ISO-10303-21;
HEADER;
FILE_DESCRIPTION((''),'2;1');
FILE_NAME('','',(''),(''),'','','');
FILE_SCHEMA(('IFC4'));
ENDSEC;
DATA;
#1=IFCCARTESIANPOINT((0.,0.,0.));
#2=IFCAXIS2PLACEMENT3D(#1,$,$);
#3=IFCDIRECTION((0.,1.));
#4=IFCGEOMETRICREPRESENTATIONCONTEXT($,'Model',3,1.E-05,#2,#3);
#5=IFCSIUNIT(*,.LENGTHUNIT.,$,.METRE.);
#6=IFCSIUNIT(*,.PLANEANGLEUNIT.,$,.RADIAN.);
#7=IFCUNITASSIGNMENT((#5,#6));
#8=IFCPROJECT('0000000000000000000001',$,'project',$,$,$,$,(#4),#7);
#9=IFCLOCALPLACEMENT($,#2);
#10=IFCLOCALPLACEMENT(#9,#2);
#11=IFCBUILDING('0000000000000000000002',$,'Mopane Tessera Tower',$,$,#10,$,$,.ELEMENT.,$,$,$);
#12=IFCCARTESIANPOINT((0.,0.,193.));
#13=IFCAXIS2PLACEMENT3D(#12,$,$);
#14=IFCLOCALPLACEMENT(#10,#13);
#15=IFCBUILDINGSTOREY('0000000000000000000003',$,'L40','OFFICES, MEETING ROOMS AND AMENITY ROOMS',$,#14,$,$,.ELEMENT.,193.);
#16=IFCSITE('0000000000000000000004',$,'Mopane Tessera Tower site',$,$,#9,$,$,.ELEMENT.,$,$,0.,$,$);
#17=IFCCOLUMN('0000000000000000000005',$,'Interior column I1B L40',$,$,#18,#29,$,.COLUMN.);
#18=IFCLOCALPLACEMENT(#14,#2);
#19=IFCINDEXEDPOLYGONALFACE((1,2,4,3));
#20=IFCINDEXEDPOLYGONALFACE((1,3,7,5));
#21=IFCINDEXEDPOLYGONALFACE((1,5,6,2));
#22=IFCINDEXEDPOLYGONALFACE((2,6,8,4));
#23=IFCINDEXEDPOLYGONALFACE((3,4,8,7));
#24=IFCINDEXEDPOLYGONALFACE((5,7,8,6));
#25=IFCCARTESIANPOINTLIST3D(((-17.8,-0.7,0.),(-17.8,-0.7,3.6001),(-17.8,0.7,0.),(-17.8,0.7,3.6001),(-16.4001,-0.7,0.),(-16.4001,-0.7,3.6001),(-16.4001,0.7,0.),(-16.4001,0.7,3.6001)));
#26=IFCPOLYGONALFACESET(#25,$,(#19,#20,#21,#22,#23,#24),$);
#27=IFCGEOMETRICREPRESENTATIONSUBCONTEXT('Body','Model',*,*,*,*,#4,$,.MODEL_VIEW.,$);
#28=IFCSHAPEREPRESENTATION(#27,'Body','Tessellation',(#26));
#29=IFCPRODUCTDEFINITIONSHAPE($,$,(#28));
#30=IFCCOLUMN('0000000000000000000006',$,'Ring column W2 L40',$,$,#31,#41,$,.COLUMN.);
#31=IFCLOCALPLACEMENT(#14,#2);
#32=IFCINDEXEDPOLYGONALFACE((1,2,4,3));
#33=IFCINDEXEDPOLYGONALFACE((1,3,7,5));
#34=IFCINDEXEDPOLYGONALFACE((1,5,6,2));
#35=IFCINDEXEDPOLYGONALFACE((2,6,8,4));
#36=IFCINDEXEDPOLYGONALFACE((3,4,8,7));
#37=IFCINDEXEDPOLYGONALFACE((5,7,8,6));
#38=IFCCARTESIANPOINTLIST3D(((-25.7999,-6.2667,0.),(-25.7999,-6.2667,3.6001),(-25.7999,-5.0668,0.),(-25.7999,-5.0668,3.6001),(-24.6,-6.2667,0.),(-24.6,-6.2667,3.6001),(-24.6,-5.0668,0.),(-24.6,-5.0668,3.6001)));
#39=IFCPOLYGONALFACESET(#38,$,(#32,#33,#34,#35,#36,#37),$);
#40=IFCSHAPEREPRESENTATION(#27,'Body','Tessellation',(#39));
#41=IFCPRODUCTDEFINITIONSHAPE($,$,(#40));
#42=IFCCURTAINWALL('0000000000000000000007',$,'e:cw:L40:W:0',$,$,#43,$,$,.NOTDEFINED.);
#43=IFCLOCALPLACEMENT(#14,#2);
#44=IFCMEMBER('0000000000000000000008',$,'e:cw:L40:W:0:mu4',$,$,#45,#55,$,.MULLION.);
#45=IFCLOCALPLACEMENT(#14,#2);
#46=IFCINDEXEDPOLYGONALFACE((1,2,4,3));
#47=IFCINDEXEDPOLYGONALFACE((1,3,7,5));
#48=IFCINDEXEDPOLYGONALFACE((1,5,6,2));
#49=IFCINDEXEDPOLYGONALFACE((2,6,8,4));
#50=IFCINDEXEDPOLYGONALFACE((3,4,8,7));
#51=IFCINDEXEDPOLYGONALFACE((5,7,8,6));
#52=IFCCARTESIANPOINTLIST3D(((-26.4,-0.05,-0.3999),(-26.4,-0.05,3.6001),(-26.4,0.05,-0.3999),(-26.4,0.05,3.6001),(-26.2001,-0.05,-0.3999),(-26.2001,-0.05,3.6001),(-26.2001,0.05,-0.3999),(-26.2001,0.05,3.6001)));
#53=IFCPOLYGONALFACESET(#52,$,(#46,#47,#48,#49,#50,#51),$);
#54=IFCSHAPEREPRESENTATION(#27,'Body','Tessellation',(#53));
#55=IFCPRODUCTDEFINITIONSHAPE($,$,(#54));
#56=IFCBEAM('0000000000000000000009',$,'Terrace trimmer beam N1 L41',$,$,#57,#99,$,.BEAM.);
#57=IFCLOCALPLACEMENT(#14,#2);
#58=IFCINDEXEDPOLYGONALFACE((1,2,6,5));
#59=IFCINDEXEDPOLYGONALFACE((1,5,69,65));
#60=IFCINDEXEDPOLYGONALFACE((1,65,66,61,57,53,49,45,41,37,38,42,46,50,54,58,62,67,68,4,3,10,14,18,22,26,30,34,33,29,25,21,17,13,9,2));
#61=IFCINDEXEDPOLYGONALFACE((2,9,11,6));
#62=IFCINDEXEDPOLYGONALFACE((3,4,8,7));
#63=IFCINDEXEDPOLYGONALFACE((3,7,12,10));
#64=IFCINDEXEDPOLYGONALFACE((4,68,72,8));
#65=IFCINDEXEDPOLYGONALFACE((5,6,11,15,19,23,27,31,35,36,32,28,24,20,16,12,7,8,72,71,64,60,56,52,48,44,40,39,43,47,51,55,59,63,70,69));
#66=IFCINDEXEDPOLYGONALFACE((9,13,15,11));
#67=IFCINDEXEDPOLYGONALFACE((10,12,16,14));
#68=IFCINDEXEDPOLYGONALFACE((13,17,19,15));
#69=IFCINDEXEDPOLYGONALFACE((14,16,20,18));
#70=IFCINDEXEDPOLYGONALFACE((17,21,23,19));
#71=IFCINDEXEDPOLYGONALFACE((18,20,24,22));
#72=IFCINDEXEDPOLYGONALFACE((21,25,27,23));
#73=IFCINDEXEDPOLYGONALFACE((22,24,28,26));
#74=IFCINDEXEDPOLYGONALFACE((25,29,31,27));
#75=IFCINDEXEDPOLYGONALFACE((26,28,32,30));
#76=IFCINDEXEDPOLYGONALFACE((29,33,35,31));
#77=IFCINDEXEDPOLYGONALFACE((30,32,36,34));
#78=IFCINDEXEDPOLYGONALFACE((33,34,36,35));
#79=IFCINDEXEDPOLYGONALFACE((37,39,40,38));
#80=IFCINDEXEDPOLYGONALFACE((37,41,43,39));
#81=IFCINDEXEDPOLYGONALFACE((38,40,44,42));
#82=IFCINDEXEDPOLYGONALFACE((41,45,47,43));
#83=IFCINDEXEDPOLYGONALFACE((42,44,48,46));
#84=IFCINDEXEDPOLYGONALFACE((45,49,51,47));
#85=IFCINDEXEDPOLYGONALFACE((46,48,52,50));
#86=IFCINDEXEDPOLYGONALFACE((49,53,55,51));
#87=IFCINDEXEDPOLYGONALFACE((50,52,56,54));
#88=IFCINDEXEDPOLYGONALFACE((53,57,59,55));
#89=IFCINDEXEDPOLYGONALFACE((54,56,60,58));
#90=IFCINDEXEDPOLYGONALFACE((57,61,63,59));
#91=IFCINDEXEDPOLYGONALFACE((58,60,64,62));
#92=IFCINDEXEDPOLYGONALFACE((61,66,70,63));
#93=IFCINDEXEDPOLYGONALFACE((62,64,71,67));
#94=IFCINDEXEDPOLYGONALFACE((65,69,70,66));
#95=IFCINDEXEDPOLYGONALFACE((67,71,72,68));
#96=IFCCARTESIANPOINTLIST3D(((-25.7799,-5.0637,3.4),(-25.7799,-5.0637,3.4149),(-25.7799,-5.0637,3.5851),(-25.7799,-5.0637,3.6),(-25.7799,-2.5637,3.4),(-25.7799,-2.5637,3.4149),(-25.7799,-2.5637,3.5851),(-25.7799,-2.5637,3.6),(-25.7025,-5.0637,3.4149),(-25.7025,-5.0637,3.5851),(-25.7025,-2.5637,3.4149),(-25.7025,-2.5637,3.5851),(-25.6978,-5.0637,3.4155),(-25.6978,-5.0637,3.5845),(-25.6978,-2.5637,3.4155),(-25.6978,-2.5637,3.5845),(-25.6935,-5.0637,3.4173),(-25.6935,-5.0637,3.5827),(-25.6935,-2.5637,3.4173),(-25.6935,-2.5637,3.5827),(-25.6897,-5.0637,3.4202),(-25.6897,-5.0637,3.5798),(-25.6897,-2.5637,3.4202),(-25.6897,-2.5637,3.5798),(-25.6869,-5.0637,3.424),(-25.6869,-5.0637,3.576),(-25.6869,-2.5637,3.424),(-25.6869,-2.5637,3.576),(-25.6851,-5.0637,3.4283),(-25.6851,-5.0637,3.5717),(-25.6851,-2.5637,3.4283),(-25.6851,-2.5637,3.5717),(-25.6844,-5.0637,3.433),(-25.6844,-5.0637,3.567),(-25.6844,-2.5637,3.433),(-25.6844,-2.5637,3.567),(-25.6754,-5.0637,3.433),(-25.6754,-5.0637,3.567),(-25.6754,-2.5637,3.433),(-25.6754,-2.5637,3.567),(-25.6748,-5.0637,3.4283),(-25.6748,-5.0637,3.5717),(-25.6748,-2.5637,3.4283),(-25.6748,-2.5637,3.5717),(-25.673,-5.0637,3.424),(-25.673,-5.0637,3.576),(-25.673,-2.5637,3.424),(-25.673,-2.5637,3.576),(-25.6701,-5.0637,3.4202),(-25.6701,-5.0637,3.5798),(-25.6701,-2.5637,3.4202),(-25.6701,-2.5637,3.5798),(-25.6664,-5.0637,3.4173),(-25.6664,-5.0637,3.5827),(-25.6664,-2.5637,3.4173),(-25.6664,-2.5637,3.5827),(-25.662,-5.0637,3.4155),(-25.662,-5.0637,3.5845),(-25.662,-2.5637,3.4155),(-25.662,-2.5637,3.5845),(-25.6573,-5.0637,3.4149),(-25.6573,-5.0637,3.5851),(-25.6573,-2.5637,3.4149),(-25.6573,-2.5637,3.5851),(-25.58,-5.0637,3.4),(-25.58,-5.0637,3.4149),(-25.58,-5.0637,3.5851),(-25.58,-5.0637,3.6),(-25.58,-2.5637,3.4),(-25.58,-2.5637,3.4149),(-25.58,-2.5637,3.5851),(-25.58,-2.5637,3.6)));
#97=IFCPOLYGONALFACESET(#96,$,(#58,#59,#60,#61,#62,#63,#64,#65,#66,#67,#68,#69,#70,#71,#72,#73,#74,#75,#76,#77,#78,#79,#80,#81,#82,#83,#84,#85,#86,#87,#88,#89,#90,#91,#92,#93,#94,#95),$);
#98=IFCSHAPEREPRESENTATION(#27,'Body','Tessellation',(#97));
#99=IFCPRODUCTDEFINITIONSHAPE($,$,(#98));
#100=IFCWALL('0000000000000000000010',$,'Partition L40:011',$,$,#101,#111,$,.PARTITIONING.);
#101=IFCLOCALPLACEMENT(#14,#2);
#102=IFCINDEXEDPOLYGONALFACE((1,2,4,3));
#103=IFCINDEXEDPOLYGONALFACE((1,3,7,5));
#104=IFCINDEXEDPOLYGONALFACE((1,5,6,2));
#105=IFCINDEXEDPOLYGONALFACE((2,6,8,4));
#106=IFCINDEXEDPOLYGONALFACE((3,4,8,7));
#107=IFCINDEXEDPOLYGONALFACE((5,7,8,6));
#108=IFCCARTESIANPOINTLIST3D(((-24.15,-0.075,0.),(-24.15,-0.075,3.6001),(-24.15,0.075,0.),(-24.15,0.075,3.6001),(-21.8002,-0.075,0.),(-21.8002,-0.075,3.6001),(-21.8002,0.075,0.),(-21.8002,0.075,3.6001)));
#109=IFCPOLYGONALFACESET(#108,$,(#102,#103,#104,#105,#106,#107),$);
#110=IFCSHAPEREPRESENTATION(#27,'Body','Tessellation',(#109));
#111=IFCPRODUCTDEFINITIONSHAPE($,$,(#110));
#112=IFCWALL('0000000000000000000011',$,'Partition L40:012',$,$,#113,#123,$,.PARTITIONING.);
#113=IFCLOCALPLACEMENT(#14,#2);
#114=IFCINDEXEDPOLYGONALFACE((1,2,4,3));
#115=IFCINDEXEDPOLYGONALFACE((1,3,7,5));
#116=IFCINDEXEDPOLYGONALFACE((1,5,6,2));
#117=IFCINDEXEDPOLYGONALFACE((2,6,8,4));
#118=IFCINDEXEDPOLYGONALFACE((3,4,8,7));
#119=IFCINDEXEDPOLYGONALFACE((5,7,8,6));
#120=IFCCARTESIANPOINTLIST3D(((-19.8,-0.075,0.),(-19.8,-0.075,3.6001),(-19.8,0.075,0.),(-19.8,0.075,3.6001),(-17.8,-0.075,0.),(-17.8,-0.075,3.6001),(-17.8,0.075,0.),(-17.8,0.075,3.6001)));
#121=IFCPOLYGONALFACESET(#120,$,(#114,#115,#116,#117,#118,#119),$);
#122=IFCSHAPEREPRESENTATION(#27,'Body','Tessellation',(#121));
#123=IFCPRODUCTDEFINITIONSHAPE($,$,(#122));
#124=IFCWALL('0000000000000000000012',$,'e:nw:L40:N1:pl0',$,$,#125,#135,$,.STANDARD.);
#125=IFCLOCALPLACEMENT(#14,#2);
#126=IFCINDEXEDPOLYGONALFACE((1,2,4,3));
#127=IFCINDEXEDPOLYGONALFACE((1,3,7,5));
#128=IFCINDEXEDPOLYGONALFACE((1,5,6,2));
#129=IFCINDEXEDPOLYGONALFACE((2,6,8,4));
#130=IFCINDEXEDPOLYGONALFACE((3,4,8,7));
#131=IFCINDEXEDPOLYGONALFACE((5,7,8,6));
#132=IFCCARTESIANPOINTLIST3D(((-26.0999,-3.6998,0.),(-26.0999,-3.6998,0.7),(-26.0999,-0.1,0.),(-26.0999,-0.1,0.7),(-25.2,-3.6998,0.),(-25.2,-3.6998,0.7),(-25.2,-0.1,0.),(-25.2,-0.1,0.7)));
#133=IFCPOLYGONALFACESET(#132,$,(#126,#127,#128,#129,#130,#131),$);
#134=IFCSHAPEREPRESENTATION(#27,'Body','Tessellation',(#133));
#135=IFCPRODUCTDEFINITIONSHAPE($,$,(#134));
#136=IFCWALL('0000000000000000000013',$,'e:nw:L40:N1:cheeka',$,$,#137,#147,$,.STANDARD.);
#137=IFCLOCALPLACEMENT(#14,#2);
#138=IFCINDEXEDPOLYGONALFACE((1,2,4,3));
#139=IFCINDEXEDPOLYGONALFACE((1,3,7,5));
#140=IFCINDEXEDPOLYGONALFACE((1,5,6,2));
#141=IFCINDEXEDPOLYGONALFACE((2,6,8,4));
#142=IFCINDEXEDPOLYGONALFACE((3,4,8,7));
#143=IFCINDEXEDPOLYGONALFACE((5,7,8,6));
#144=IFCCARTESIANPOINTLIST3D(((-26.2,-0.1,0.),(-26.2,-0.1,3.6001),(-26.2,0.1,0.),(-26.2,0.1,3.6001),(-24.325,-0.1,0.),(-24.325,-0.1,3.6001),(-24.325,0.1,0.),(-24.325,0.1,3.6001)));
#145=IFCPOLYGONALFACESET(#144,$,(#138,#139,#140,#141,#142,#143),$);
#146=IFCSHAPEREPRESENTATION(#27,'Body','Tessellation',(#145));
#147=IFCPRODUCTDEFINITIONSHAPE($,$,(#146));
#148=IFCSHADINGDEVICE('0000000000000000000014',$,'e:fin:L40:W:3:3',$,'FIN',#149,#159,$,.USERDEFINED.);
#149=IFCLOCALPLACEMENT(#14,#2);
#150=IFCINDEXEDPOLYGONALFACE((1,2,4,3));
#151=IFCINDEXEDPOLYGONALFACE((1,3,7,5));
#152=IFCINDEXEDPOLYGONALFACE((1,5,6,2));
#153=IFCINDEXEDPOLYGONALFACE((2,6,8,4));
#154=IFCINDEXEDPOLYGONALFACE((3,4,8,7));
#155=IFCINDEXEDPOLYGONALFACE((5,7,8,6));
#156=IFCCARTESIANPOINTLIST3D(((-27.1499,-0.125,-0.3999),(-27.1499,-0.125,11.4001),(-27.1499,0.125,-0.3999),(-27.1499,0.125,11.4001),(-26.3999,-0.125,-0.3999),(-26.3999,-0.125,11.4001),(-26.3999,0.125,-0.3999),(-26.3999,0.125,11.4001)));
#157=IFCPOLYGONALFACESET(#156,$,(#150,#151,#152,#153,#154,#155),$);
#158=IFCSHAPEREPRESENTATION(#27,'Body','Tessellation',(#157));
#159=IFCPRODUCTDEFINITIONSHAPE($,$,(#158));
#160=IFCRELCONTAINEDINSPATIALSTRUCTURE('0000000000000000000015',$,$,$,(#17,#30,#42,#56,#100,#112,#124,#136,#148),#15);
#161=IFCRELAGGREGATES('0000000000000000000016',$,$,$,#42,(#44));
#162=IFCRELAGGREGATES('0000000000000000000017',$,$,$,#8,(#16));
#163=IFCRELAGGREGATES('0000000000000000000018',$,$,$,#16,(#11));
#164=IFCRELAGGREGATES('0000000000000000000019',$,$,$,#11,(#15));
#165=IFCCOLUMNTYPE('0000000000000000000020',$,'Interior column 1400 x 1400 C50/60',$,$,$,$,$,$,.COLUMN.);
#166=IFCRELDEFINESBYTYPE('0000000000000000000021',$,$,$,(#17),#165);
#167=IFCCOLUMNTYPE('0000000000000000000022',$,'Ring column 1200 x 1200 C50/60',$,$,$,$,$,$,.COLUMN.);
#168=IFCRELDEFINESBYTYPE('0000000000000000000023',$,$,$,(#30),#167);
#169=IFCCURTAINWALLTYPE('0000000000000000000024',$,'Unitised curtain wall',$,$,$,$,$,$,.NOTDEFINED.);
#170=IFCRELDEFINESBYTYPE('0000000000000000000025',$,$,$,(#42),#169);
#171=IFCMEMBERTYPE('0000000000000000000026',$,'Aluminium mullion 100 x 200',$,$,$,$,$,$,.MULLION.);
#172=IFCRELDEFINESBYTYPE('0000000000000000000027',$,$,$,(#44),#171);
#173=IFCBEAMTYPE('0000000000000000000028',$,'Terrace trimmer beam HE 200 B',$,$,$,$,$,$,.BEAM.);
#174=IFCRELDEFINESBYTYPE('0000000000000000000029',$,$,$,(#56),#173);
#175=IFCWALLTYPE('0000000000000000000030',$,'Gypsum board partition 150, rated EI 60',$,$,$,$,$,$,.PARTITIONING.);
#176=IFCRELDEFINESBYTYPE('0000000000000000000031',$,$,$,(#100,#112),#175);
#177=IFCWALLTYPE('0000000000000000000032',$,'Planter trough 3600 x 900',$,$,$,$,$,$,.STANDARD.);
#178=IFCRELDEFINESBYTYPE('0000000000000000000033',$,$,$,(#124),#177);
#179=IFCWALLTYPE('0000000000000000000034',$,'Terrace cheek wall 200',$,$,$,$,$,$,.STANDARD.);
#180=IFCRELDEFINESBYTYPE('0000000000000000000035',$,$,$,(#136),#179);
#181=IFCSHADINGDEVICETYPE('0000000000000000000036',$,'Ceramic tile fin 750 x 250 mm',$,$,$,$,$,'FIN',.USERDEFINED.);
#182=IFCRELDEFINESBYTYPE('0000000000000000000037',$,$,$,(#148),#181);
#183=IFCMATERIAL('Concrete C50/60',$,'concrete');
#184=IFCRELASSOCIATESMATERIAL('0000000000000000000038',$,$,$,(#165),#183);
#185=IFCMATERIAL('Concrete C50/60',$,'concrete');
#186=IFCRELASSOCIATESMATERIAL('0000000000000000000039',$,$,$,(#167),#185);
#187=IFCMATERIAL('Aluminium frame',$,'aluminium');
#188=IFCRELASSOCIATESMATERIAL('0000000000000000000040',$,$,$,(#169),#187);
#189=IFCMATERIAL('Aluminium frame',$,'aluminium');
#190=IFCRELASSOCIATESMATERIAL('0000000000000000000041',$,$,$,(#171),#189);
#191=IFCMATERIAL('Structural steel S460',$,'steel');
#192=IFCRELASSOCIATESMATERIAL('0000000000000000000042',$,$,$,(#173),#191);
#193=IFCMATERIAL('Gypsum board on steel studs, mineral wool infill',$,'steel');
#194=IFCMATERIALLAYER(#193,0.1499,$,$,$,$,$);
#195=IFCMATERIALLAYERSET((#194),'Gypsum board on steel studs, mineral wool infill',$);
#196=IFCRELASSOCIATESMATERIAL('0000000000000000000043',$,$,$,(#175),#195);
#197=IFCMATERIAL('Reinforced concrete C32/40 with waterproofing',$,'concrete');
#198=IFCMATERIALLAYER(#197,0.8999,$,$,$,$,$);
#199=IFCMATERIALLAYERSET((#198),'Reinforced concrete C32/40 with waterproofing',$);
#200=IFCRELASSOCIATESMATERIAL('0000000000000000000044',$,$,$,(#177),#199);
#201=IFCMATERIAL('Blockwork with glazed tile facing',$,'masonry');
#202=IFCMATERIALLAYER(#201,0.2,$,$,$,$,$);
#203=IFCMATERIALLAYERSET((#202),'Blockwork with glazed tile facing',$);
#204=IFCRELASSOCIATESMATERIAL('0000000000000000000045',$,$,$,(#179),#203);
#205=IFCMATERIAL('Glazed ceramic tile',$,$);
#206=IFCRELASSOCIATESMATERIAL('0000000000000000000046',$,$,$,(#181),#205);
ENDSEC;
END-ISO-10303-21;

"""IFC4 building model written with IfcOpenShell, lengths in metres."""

from ifc_helpers import new_model, si_unit, direction, frame, frame_2d, origin, origin_2d, place, context, subcontext, project, spatial, rectangle, i_section, extrude, material, layer, layer_set, material_profile, profile_set, type_object, element, aggregate, save


model = new_model("IFC4")

# Units and contexts
model_context = context("Model", 3, precision=1e-05, world=origin(), true_north=direction((0.0, 1.0)))
body_context = subcontext(model_context, "Body", "Model", "MODEL_VIEW")
ifc_project = project(units=[si_unit("LENGTHUNIT", "METRE"), si_unit("PLANEANGLEUNIT", "RADIAN")], contexts=[model_context])

# Site, building, storey
site_placement = place(None, origin())
site = spatial("IfcSite", under=ifc_project, at=site_placement, Name="Mopane Tessera Tower site", CompositionType="ELEMENT", RefElevation=0.0)
building_placement = place(site_placement, origin())
building = spatial("IfcBuilding", under=site, at=building_placement, Name="Mopane Tessera Tower", CompositionType="ELEMENT")
storey_placement = place(building_placement, frame((0.0, 0.0, 193.0)))
storey = spatial("IfcBuildingStorey", under=building, at=storey_placement, Name="L40", Description="OFFICES, MEETING ROOMS AND AMENITY ROOMS", CompositionType="ELEMENT", Elevation=193.0)

# Columns
ifc_material_1 = material(Name="Concrete C50/60", Category="concrete")
ifc_material_profile_1 = material_profile(ifc_material_1, rectangle(XDim=1.3999, YDim=1.3999, at=origin_2d()))
ifc_profile_set_1 = profile_set([ifc_material_profile_1], Name="Concrete C50/60")
column_type_1 = type_object("IfcColumnType", Name="Interior column 1400 x 1400 C50/60", PredefinedType="COLUMN", material=ifc_profile_set_1)
column_1_placement = place(storey_placement, frame((-17.1001, 0.0, 0.0), z_axis=(0.0, 0.0, 1.0), x_axis=(1.0, 0.0, 0.0)))
element("IfcColumn", 1, at=column_1_placement, inside=storey, type_object=column_type_1, Name="Interior column I1B L40", PredefinedType="COLUMN", context=body_context, shape_type="SweptSolid", body=[
    extrude(rectangle(XDim=1.3999, YDim=1.3999, at=origin_2d()), origin(), (0.0, 0.0, 1.0), 3.6001),
])
ifc_material_2 = material(Name="Concrete C50/60", Category="concrete")
ifc_material_profile_2 = material_profile(ifc_material_2, rectangle(XDim=1.2, YDim=1.2, at=origin_2d()))
ifc_profile_set_2 = profile_set([ifc_material_profile_2], Name="Concrete C50/60")
column_type_2 = type_object("IfcColumnType", Name="Ring column 1200 x 1200 C50/60", PredefinedType="COLUMN", material=ifc_profile_set_2)
column_2_placement = place(storey_placement, frame((-25.2, -5.6667, 0.0), z_axis=(0.0, 0.0, 1.0), x_axis=(1.0, 0.0, 0.0)))
element("IfcColumn", 2, at=column_2_placement, inside=storey, type_object=column_type_2, Name="Ring column W2 L40", PredefinedType="COLUMN", context=body_context, shape_type="SweptSolid", body=[
    extrude(rectangle(XDim=1.2, YDim=1.2, at=origin_2d()), origin(), (0.0, 0.0, 1.0), 3.6001),
])

# Curtain wall, member
ifc_material_3 = material(Name="Aluminium frame", Category="aluminium")
curtain_wall_type = type_object("IfcCurtainWallType", Name="Unitised curtain wall", PredefinedType="NOTDEFINED", material=ifc_material_3)
curtain_wall_placement = place(storey_placement, origin())
curtain_wall = element("IfcCurtainWall", 3, at=curtain_wall_placement, inside=storey, type_object=curtain_wall_type, Name="e:cw:L40:W:0", PredefinedType="NOTDEFINED")
ifc_material_4 = material(Name="Aluminium frame", Category="aluminium")
ifc_material_profile_3 = material_profile(ifc_material_4, rectangle(XDim=0.1001, YDim=0.2, at=origin_2d()))
ifc_profile_set_3 = profile_set([ifc_material_profile_3], Name="Aluminium frame")
member_type = type_object("IfcMemberType", Name="Aluminium mullion 100 x 200", PredefinedType="MULLION", material=ifc_profile_set_3)
member_placement = place(storey_placement, frame((-26.3, 0.0, -0.3999), z_axis=(0.0, 0.0, 1.0), x_axis=(0.0, -1.0, 0.0)))
member = element("IfcMember", 4, at=member_placement, type_object=member_type, Name="e:cw:L40:W:0:mu4", PredefinedType="MULLION", context=body_context, shape_type="SweptSolid", body=[
    extrude(rectangle(XDim=0.1001, YDim=0.2, at=origin_2d()), origin(), (0.0, 0.0, 1.0), 4.0),
])
aggregate(curtain_wall, [member])

# Beam
ifc_material_5 = material(Name="Structural steel S460", Category="steel")
ifc_material_profile_4 = material_profile(ifc_material_5, i_section(OverallWidth=0.2, OverallDepth=0.2, WebThickness=0.009, FlangeThickness=0.0149, FilletRadius=0.0181, at=origin_2d()))
ifc_profile_set_4 = profile_set([ifc_material_profile_4], Name="Structural steel S460")
beam_type = type_object("IfcBeamType", Name="Terrace trimmer beam HE 200 B", PredefinedType="BEAM", material=ifc_profile_set_4)
beam_placement = place(storey_placement, frame((-25.6799, -5.0637, 3.5), z_axis=(0.0, 1.0, 0.0), x_axis=(-1.0, 0.0, 0.0)))
element("IfcBeam", 5, at=beam_placement, inside=storey, type_object=beam_type, Name="Terrace trimmer beam N1 L41", PredefinedType="BEAM", context=body_context, shape_type="SweptSolid", body=[
    extrude(i_section(OverallWidth=0.2, OverallDepth=0.2, WebThickness=0.009, FlangeThickness=0.0149, FilletRadius=0.0181, at=origin_2d()), origin(), (0.0, 0.0, 1.0), 2.5),
])

# Walls
ifc_material_6 = material(Name="Gypsum board on steel studs, mineral wool infill", Category="steel")
ifc_layer_1 = layer(ifc_material_6, 0.1499)
ifc_layer_set_1 = layer_set([ifc_layer_1], Name="Gypsum board on steel studs, mineral wool infill")
wall_type_1 = type_object("IfcWallType", Name="Gypsum board partition 150, rated EI 60", PredefinedType="PARTITIONING", material=ifc_layer_set_1)
wall_1_placement = place(storey_placement, frame((-24.1499, 0.0, 0.0), z_axis=(0.0, 0.0, 1.0), x_axis=(1.0, 0.0, 0.0)))
element("IfcWall", 6, at=wall_1_placement, inside=storey, type_object=wall_type_1, Name="Partition L40:011", PredefinedType="PARTITIONING", context=body_context, shape_type="SweptSolid", body=[
    extrude(rectangle(XDim=2.3499, YDim=0.1499, at=frame_2d((1.1748, 0.0))), origin(), (0.0, 0.0, 1.0), 3.6001),
])
wall_2_placement = place(storey_placement, frame((-19.8, 0.0, 0.0), z_axis=(0.0, 0.0, 1.0), x_axis=(1.0, 0.0, 0.0)))
element("IfcWall", 7, at=wall_2_placement, inside=storey, type_object=wall_type_1, Name="Partition L40:012", PredefinedType="PARTITIONING", context=body_context, shape_type="SweptSolid", body=[
    extrude(rectangle(XDim=2.0, YDim=0.1499, at=frame_2d((1.0, 0.0))), origin(), (0.0, 0.0, 1.0), 3.6001),
])
ifc_material_7 = material(Name="Reinforced concrete C32/40 with waterproofing", Category="concrete")
ifc_layer_2 = layer(ifc_material_7, 0.8999)
ifc_layer_set_2 = layer_set([ifc_layer_2], Name="Reinforced concrete C32/40 with waterproofing")
wall_type_2 = type_object("IfcWallType", Name="Planter trough 3600 x 900", PredefinedType="STANDARD", material=ifc_layer_set_2)
wall_3_placement = place(storey_placement, frame((-25.6499, -0.1001, 0.0), z_axis=(0.0, 0.0, 1.0), x_axis=(0.0, -1.0, 0.0)))
element("IfcWall", 8, at=wall_3_placement, inside=storey, type_object=wall_type_2, Name="e:nw:L40:N1:pl0", PredefinedType="STANDARD", context=body_context, shape_type="SweptSolid", body=[
    extrude(rectangle(XDim=3.5999, YDim=0.8999, at=frame_2d((1.7998, 0.0))), origin(), (0.0, 0.0, 1.0), 0.7),
])
ifc_material_8 = material(Name="Blockwork with glazed tile facing", Category="masonry")
ifc_layer_3 = layer(ifc_material_8, 0.2)
ifc_layer_set_3 = layer_set([ifc_layer_3], Name="Blockwork with glazed tile facing")
wall_type_3 = type_object("IfcWallType", Name="Terrace cheek wall 200", PredefinedType="STANDARD", material=ifc_layer_set_3)
wall_4_placement = place(storey_placement, frame((-26.2, 0.0, 0.0), z_axis=(0.0, 0.0, 1.0), x_axis=(1.0, 0.0, 0.0)))
element("IfcWall", 9, at=wall_4_placement, inside=storey, type_object=wall_type_3, Name="e:nw:L40:N1:cheeka", PredefinedType="STANDARD", context=body_context, shape_type="SweptSolid", body=[
    extrude(rectangle(XDim=1.875, YDim=0.2, at=frame_2d((0.9375, 0.0))), origin(), (0.0, 0.0, 1.0), 3.6001),
])

# Shading device
ifc_material_9 = material(Name="Glazed ceramic tile")
shading_device_type = type_object("IfcShadingDeviceType", Name="Ceramic tile fin 750 x 250 mm", ElementType="FIN", PredefinedType="USERDEFINED", material=ifc_material_9)
shading_device_placement = place(storey_placement, frame((-26.7749, 0.0, -0.3999), z_axis=(0.0, 0.0, 1.0), x_axis=(0.0, -1.0, 0.0)))
element("IfcShadingDevice", 10, at=shading_device_placement, inside=storey, type_object=shading_device_type, Name="e:fin:L40:W:3:3", ObjectType="FIN", PredefinedType="USERDEFINED", context=body_context, shape_type="SweptSolid", body=[
    extrude(rectangle(XDim=0.25, YDim=0.75, at=origin_2d()), origin(), (0.0, 0.0, 1.0), 11.8),
])

save(model, "model.ifc")
